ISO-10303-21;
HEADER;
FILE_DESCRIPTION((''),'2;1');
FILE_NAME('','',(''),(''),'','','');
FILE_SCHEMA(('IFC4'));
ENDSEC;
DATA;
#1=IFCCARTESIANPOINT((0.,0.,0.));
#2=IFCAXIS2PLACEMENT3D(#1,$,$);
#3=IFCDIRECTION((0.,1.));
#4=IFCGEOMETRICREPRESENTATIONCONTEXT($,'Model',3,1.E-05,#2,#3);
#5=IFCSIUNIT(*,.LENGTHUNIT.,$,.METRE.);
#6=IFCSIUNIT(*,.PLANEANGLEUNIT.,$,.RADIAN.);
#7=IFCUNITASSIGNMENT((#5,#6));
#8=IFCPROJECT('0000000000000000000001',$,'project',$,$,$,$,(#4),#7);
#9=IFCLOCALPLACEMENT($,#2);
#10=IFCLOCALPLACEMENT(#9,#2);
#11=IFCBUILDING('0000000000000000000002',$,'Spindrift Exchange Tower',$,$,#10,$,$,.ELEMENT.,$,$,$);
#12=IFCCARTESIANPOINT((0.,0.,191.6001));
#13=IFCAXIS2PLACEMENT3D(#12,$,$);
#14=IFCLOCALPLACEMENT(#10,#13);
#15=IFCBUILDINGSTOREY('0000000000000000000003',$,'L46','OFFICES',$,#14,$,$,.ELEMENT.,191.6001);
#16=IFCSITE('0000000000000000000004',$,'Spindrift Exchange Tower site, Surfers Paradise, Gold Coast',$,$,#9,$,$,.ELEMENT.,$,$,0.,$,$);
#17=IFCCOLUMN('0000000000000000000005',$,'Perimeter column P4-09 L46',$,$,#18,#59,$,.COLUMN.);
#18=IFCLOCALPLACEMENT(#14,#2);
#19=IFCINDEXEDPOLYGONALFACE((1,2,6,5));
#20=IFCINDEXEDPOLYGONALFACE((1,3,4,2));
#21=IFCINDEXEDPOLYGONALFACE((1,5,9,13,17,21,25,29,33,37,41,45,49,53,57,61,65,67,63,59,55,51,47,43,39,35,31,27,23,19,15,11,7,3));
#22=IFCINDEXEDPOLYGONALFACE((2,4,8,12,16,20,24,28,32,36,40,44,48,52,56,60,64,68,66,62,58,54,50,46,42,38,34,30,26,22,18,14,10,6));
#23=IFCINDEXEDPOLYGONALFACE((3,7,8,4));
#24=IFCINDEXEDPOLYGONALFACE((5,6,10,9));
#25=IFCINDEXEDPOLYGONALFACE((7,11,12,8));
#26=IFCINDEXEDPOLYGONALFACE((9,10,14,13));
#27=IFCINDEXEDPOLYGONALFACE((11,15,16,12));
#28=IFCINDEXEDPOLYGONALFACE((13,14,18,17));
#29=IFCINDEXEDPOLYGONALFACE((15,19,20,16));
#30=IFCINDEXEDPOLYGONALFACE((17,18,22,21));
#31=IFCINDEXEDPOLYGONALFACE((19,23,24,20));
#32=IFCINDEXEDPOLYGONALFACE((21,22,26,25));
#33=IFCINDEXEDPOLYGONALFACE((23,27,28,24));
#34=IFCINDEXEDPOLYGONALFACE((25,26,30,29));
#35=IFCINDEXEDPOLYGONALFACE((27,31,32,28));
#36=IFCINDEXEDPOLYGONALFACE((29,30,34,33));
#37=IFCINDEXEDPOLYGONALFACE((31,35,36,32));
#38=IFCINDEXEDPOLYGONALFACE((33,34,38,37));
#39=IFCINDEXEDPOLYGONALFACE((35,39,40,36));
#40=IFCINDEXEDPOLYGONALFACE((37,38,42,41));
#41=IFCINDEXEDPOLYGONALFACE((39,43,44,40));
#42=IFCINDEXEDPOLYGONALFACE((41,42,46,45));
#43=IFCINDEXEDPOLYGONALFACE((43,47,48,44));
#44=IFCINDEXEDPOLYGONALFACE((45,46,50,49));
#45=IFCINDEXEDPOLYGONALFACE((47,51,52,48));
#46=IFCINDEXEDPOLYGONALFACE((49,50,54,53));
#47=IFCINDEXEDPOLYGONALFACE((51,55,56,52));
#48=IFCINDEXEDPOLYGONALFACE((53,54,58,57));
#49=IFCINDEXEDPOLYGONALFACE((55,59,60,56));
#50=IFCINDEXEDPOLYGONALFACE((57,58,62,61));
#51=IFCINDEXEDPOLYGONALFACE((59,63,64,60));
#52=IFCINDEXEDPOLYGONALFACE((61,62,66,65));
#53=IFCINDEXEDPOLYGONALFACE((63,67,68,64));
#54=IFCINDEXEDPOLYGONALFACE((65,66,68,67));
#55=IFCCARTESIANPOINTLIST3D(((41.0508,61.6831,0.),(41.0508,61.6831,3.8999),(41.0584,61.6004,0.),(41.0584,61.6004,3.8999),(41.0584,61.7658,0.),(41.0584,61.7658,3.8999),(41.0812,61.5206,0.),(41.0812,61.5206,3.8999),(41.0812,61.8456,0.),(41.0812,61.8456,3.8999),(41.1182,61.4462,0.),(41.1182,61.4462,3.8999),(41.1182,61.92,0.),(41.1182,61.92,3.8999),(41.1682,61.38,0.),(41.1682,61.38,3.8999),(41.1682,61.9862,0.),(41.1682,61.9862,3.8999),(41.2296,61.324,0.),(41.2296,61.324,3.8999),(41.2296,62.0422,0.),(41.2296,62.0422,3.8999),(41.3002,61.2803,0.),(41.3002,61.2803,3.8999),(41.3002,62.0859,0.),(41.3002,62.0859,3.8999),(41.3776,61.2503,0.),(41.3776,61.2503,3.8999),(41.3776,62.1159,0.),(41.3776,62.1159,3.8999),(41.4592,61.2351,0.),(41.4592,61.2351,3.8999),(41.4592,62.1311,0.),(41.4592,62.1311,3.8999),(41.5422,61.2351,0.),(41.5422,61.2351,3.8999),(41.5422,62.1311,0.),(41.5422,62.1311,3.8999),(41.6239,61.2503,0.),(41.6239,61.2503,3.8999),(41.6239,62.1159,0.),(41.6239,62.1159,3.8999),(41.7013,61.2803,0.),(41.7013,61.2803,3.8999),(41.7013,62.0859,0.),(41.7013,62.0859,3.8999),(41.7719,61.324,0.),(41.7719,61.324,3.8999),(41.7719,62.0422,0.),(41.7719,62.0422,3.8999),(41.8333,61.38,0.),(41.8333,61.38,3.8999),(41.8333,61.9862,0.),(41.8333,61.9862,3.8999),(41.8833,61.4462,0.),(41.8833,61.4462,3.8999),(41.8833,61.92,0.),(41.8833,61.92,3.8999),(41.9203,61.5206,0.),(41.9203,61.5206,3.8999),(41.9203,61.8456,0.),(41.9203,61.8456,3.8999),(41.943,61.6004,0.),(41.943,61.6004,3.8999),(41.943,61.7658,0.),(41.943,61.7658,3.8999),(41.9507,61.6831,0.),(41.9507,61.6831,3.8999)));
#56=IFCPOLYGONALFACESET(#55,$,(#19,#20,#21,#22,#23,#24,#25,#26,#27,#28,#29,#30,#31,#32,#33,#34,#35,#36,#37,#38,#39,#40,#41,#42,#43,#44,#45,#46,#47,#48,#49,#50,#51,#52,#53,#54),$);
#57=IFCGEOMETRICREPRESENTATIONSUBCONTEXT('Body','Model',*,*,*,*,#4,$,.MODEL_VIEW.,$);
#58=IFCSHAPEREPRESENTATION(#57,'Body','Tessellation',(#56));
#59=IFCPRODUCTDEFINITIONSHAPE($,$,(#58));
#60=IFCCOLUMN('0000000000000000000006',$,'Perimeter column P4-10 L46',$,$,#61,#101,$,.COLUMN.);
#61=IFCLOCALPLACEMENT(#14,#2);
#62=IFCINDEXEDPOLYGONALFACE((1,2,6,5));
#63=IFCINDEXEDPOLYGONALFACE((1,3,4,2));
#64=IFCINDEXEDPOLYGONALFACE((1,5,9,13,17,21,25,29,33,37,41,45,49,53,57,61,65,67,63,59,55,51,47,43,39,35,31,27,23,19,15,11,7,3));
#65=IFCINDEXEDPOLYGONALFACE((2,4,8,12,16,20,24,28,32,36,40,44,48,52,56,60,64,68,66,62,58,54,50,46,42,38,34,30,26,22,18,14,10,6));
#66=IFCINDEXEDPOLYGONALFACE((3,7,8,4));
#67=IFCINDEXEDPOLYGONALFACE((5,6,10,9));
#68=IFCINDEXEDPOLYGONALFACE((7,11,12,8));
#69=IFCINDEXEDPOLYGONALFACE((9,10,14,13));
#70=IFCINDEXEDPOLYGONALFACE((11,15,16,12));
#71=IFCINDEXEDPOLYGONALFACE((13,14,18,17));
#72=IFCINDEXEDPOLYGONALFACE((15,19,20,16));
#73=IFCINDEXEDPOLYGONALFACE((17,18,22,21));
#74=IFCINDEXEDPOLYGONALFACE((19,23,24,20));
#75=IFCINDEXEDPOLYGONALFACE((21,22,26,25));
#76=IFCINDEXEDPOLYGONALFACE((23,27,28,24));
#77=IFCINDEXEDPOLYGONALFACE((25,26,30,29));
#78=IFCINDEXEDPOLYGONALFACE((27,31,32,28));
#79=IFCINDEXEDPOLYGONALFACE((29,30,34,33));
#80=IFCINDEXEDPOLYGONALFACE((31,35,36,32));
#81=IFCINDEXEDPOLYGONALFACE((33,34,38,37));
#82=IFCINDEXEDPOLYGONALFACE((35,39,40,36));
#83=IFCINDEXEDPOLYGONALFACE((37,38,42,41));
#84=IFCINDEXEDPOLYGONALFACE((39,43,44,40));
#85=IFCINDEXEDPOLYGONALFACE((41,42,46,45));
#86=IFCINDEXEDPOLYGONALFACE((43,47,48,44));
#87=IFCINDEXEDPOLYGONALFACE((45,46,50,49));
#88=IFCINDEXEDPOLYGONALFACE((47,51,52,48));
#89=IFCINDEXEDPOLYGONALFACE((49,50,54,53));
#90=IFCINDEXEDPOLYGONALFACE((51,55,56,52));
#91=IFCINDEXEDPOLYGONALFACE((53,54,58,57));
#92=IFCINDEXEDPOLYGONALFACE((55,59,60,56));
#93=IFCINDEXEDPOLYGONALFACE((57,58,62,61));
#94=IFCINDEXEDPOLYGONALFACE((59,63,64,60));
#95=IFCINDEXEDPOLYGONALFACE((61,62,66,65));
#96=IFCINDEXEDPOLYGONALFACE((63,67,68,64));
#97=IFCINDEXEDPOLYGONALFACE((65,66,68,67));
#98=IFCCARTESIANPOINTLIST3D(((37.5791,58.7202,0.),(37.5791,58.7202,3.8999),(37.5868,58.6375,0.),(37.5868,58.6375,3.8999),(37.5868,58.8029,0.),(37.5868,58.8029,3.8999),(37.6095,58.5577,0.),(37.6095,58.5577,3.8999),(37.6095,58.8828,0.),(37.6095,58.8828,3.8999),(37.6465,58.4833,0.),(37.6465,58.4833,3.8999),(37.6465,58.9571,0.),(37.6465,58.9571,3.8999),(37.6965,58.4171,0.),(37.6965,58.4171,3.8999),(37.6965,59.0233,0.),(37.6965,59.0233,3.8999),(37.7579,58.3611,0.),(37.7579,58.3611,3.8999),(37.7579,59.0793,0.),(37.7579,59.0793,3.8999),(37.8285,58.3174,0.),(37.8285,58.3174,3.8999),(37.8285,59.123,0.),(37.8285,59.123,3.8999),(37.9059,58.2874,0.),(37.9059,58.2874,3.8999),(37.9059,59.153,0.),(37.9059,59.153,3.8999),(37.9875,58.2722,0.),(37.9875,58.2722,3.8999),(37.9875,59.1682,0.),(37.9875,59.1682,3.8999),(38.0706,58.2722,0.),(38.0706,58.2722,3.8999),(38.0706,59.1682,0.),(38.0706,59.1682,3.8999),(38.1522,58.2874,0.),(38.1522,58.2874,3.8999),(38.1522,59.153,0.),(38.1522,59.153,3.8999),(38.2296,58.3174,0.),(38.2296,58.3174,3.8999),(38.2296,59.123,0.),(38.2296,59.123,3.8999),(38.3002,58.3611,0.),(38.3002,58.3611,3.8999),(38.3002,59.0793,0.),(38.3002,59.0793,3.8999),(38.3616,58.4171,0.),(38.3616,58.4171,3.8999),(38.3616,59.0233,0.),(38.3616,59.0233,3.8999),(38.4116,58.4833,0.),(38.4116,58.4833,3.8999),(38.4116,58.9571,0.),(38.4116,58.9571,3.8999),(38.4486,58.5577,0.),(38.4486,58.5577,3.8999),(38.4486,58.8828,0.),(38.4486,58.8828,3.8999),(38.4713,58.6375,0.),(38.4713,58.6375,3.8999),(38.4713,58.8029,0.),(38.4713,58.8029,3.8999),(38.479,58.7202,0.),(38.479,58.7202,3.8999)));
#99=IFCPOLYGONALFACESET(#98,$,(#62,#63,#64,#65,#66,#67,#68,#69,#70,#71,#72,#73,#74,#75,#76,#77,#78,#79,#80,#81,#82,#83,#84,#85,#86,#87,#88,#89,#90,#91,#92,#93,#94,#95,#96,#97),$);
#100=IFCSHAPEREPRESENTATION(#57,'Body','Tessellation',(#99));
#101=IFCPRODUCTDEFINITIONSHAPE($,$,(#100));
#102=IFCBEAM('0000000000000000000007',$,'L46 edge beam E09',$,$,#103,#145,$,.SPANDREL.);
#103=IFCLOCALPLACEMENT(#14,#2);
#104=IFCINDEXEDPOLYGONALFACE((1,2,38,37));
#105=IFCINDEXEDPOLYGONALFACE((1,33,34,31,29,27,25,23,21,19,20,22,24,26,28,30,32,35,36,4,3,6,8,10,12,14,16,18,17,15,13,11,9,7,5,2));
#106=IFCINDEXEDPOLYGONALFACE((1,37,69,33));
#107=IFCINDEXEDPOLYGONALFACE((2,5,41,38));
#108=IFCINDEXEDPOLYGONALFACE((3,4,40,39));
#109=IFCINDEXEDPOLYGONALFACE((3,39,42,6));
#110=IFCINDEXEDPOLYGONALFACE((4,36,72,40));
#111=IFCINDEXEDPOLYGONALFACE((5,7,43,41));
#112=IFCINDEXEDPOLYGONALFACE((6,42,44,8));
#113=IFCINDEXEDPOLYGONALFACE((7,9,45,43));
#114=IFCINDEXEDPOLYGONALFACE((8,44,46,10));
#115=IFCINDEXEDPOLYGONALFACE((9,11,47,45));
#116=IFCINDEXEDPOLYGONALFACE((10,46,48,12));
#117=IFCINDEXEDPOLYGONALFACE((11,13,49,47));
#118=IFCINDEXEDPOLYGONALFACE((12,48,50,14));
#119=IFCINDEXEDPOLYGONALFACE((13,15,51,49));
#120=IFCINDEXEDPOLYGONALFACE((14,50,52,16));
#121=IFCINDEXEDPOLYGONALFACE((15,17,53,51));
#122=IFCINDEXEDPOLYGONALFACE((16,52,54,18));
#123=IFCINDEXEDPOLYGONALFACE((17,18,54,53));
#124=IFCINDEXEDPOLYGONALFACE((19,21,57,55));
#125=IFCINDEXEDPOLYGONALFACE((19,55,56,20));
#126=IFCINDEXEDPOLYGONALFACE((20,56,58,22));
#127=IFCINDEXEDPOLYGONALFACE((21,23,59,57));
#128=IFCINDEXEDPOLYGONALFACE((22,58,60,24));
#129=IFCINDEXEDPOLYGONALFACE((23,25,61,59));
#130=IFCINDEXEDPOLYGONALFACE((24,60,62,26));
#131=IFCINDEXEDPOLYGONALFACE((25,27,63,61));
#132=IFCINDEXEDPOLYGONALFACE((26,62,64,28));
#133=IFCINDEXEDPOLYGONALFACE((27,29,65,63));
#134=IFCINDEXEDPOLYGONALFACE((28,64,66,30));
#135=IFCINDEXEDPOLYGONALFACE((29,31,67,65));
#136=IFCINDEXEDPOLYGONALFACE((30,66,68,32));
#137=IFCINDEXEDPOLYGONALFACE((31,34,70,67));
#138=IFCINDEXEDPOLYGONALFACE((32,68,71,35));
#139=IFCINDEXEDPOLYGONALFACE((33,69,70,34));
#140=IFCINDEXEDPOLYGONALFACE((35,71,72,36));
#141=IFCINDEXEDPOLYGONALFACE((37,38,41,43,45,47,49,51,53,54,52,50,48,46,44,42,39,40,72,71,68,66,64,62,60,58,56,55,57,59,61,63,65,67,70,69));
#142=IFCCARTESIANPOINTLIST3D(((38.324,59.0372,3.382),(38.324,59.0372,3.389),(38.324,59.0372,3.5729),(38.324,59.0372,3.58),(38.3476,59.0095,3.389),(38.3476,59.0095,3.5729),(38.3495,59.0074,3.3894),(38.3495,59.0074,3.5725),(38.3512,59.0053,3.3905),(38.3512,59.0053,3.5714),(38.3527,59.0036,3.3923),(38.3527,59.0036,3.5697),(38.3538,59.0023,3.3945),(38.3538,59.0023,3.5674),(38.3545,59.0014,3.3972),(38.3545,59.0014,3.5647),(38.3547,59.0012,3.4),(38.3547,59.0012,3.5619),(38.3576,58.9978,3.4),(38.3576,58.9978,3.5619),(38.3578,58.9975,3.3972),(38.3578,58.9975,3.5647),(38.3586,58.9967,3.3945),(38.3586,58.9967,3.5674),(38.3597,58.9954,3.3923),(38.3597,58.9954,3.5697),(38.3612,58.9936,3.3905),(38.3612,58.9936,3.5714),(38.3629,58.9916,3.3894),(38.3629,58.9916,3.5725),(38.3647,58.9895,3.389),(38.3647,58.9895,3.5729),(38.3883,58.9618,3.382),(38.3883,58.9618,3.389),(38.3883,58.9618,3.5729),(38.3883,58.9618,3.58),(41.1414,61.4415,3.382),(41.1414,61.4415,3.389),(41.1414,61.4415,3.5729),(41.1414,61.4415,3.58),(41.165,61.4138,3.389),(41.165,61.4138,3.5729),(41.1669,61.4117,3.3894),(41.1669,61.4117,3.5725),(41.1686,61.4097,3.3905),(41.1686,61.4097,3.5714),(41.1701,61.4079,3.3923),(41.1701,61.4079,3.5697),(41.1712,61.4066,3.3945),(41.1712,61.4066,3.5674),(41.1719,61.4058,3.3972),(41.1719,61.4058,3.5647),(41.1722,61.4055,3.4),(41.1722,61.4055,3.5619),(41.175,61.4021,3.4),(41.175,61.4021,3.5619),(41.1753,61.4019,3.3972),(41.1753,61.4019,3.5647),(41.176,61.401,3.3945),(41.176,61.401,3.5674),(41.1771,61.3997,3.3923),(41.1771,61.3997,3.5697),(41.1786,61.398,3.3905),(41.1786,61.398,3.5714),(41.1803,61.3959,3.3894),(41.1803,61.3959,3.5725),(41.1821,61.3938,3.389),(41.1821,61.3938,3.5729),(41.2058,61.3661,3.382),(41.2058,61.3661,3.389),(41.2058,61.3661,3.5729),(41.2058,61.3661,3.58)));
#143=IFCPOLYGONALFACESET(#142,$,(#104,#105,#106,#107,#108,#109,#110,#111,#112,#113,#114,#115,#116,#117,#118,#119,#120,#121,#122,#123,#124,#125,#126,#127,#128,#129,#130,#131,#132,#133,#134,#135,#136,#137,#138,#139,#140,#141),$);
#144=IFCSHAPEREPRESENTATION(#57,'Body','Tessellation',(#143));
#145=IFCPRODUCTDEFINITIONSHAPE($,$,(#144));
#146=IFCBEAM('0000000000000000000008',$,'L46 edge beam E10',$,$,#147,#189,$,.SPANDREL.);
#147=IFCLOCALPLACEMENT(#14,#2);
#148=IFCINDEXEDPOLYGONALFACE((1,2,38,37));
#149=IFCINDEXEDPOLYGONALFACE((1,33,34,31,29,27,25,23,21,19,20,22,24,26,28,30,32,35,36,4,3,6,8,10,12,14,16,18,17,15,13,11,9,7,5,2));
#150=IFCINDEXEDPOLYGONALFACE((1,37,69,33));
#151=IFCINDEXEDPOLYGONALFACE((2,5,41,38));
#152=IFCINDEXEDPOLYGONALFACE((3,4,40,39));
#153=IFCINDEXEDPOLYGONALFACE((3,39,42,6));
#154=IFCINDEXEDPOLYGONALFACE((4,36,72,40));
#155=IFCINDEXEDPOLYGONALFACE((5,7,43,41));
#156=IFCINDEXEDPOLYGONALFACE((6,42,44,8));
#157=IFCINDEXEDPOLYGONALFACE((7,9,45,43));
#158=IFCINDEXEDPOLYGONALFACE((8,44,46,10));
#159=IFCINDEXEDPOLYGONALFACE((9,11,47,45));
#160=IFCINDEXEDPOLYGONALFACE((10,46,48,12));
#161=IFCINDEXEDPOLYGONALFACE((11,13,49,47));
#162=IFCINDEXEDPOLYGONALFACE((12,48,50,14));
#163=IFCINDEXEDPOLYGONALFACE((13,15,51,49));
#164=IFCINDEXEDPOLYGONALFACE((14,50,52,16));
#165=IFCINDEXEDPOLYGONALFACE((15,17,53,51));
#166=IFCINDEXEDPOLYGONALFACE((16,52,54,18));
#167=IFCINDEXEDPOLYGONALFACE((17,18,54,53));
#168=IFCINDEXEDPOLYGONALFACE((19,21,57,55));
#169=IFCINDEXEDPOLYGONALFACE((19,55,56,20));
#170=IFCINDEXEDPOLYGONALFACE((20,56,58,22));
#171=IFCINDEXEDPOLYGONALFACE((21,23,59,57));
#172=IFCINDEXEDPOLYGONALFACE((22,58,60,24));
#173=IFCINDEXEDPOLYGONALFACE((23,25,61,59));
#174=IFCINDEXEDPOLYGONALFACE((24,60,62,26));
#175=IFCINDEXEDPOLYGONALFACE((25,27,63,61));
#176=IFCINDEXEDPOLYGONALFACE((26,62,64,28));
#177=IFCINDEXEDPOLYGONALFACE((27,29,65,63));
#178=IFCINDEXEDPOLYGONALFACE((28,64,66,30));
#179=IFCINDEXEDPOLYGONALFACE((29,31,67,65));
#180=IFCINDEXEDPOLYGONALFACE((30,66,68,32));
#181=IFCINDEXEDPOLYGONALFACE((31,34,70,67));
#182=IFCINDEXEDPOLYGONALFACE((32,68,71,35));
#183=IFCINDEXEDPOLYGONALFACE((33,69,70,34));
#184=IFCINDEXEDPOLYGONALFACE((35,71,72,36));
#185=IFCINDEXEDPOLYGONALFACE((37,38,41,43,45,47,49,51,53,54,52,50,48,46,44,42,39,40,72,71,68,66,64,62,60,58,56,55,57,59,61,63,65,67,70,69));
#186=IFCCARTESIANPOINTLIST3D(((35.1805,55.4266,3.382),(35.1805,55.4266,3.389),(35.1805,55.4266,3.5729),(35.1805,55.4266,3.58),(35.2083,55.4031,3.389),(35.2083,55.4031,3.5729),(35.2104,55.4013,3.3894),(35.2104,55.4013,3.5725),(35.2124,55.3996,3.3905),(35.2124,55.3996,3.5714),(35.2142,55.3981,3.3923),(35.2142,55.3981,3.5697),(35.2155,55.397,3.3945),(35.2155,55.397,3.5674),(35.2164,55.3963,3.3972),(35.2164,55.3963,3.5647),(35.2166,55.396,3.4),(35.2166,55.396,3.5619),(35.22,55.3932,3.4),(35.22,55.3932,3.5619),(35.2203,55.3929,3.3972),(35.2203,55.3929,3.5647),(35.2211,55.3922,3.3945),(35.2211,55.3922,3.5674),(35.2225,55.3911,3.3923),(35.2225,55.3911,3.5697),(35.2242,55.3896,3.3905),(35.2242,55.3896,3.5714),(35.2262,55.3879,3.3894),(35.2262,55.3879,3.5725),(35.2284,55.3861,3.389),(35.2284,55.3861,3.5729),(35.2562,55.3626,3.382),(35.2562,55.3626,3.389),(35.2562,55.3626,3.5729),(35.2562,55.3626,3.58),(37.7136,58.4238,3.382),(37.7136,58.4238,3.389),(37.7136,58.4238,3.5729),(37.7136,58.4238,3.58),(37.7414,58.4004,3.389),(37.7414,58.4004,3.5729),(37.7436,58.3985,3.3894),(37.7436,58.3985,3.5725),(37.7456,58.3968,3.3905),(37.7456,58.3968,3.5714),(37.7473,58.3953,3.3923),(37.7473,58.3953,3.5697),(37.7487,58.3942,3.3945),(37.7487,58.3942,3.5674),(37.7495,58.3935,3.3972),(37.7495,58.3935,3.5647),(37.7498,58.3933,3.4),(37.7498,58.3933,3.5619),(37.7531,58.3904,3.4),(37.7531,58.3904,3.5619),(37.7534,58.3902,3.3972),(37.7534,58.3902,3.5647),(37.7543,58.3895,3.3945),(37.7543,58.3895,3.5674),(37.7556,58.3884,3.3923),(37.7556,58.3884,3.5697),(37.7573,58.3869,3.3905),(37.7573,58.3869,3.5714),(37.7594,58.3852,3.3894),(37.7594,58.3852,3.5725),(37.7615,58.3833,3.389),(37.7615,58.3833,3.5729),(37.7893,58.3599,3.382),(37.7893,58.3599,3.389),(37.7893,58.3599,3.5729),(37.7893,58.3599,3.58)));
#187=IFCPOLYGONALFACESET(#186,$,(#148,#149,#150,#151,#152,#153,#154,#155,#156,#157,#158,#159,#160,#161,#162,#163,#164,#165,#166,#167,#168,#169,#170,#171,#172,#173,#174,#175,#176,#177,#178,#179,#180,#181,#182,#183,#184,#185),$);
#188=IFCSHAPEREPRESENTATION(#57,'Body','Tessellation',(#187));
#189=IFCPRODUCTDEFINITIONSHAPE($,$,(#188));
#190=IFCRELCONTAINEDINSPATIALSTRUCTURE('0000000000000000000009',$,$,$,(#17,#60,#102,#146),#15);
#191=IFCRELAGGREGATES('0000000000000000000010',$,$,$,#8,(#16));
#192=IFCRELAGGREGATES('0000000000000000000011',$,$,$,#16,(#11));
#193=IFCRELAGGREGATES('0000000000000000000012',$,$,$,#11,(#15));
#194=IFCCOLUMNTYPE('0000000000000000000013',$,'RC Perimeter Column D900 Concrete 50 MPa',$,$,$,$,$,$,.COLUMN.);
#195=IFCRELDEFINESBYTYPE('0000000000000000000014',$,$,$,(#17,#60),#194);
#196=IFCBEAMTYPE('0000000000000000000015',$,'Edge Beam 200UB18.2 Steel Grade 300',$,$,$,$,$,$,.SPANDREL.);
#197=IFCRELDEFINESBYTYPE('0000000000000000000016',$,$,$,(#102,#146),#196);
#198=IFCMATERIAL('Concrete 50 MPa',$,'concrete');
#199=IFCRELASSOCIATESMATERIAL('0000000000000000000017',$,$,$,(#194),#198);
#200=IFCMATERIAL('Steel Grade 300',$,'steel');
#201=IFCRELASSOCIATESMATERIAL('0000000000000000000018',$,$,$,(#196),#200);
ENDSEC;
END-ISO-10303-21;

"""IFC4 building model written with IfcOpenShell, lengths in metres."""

from ifc_helpers import new_model, si_unit, direction, frame, origin, origin_2d, place, context, subcontext, project, spatial, circle, i_section, extrude, source, transform, mapped, material, material_profile, profile_set, type_object, element, save


model = new_model("IFC4")

# Units and contexts
model_context = context("Model", 3, precision=1e-05, world=origin(), true_north=direction((0.0, 1.0)))
body_context = subcontext(model_context, "Body", "Model", "MODEL_VIEW")
ifc_project = project(units=[si_unit("LENGTHUNIT", "METRE"), si_unit("PLANEANGLEUNIT", "RADIAN")], contexts=[model_context])

# Site, building, storey
site_placement = place(None, origin())
site = spatial("IfcSite", under=ifc_project, at=site_placement, Name="Spindrift Exchange Tower site, Surfers Paradise, Gold Coast", CompositionType="ELEMENT", RefElevation=0.0)
building_placement = place(site_placement, origin())
building = spatial("IfcBuilding", under=site, at=building_placement, Name="Spindrift Exchange Tower", CompositionType="ELEMENT")
storey_placement = place(building_placement, frame((0.0, 0.0, 191.6001)))
storey = spatial("IfcBuildingStorey", under=building, at=storey_placement, Name="L46", Description="OFFICES", CompositionType="ELEMENT", Elevation=191.6001)

# Columns
ifc_material_1 = material(Name="Concrete 50 MPa", Category="concrete")
ifc_material_profile_1 = material_profile(ifc_material_1, circle(Radius=0.45, at=origin_2d()), Name="RC D900")
ifc_profile_set_1 = profile_set([ifc_material_profile_1], Name="Concrete 50 MPa")
column_type = type_object("IfcColumnType", Name="RC Perimeter Column D900 Concrete 50 MPa", PredefinedType="COLUMN", material=ifc_profile_set_1)
shared_shape_1 = source(origin(), body_context, "Body", "SweptSolid", [
    extrude(circle(Radius=0.45, at=origin_2d()), origin(), (0.0, 0.0, 1.0), 3.8999),
])
for number, where, z_axis, x_axis, name in (
    (1, (41.5007, 61.6831, 0.0), (0.0, 0.0, 1.0), (1.0, 0.0, 0.0), "Perimeter column P4-09 L46"),
    (2, (38.0291, 58.7202, 0.0), (0.0, 0.0, 1.0), (1.0, 0.0, 0.0), "Perimeter column P4-10 L46"),
):
    element("IfcColumn", number, at=place(storey_placement, frame(where, z_axis=z_axis, x_axis=x_axis)), inside=storey, type_object=column_type, Name=name, PredefinedType="COLUMN", context=body_context, shape_type="MappedRepresentation", body=[
        mapped(shared_shape_1, transform((0.0, 0.0, 0.0), scale=1.0)),
    ])

# Beams
ifc_material_2 = material(Name="Steel Grade 300", Category="steel")
ifc_material_profile_2 = material_profile(ifc_material_2, i_section(OverallWidth=0.0991, OverallDepth=0.198, WebThickness=0.0044, FlangeThickness=0.0071, FilletRadius=0.011, at=origin_2d()), Name="200UB18.2")
ifc_profile_set_2 = profile_set([ifc_material_profile_2], Name="Steel Grade 300")
beam_type_1 = type_object("IfcBeamType", Name="Edge Beam 200UB18.2 Steel Grade 300", PredefinedType="SPANDREL", material=ifc_profile_set_2)
shared_shape_2 = source(origin(), body_context, "Body", "SweptSolid", [
    extrude(i_section(OverallWidth=0.0991, OverallDepth=0.198, WebThickness=0.0044, FlangeThickness=0.0071, FilletRadius=0.011, at=origin_2d()), origin(), (0.0, 0.0, 1.0), 3.7039),
])
beam_1_placement = place(storey_placement, frame((41.1736, 61.4038, 3.481), z_axis=(-0.760669, -0.64914, 0.0), x_axis=(0.64914, -0.760669, 0.0)))
element("IfcBeam", 3, at=beam_1_placement, inside=storey, type_object=beam_type_1, Name="L46 edge beam E09", PredefinedType="SPANDREL", context=body_context, shape_type="MappedRepresentation", body=[
    mapped(shared_shape_2, transform((0.0, 0.0, 0.0), scale=1.0)),
])
shared_shape_3 = source(origin(), body_context, "Body", "SweptSolid", [
    extrude(i_section(OverallWidth=0.0991, OverallDepth=0.198, WebThickness=0.0044, FlangeThickness=0.0071, FilletRadius=0.011, at=origin_2d()), origin(), (0.0, 0.0, 1.0), 3.9243),
])
beam_2_placement = place(storey_placement, frame((37.7515, 58.3918, 3.481), z_axis=(-0.645499, -0.763761, 0.0), x_axis=(0.763761, -0.645499, 0.0)))
element("IfcBeam", 4, at=beam_2_placement, inside=storey, type_object=beam_type_1, Name="L46 edge beam E10", PredefinedType="SPANDREL", context=body_context, shape_type="MappedRepresentation", body=[
    mapped(shared_shape_3, transform((0.0, 0.0, 0.0), scale=1.0)),
])

save(model, "model.ifc")
